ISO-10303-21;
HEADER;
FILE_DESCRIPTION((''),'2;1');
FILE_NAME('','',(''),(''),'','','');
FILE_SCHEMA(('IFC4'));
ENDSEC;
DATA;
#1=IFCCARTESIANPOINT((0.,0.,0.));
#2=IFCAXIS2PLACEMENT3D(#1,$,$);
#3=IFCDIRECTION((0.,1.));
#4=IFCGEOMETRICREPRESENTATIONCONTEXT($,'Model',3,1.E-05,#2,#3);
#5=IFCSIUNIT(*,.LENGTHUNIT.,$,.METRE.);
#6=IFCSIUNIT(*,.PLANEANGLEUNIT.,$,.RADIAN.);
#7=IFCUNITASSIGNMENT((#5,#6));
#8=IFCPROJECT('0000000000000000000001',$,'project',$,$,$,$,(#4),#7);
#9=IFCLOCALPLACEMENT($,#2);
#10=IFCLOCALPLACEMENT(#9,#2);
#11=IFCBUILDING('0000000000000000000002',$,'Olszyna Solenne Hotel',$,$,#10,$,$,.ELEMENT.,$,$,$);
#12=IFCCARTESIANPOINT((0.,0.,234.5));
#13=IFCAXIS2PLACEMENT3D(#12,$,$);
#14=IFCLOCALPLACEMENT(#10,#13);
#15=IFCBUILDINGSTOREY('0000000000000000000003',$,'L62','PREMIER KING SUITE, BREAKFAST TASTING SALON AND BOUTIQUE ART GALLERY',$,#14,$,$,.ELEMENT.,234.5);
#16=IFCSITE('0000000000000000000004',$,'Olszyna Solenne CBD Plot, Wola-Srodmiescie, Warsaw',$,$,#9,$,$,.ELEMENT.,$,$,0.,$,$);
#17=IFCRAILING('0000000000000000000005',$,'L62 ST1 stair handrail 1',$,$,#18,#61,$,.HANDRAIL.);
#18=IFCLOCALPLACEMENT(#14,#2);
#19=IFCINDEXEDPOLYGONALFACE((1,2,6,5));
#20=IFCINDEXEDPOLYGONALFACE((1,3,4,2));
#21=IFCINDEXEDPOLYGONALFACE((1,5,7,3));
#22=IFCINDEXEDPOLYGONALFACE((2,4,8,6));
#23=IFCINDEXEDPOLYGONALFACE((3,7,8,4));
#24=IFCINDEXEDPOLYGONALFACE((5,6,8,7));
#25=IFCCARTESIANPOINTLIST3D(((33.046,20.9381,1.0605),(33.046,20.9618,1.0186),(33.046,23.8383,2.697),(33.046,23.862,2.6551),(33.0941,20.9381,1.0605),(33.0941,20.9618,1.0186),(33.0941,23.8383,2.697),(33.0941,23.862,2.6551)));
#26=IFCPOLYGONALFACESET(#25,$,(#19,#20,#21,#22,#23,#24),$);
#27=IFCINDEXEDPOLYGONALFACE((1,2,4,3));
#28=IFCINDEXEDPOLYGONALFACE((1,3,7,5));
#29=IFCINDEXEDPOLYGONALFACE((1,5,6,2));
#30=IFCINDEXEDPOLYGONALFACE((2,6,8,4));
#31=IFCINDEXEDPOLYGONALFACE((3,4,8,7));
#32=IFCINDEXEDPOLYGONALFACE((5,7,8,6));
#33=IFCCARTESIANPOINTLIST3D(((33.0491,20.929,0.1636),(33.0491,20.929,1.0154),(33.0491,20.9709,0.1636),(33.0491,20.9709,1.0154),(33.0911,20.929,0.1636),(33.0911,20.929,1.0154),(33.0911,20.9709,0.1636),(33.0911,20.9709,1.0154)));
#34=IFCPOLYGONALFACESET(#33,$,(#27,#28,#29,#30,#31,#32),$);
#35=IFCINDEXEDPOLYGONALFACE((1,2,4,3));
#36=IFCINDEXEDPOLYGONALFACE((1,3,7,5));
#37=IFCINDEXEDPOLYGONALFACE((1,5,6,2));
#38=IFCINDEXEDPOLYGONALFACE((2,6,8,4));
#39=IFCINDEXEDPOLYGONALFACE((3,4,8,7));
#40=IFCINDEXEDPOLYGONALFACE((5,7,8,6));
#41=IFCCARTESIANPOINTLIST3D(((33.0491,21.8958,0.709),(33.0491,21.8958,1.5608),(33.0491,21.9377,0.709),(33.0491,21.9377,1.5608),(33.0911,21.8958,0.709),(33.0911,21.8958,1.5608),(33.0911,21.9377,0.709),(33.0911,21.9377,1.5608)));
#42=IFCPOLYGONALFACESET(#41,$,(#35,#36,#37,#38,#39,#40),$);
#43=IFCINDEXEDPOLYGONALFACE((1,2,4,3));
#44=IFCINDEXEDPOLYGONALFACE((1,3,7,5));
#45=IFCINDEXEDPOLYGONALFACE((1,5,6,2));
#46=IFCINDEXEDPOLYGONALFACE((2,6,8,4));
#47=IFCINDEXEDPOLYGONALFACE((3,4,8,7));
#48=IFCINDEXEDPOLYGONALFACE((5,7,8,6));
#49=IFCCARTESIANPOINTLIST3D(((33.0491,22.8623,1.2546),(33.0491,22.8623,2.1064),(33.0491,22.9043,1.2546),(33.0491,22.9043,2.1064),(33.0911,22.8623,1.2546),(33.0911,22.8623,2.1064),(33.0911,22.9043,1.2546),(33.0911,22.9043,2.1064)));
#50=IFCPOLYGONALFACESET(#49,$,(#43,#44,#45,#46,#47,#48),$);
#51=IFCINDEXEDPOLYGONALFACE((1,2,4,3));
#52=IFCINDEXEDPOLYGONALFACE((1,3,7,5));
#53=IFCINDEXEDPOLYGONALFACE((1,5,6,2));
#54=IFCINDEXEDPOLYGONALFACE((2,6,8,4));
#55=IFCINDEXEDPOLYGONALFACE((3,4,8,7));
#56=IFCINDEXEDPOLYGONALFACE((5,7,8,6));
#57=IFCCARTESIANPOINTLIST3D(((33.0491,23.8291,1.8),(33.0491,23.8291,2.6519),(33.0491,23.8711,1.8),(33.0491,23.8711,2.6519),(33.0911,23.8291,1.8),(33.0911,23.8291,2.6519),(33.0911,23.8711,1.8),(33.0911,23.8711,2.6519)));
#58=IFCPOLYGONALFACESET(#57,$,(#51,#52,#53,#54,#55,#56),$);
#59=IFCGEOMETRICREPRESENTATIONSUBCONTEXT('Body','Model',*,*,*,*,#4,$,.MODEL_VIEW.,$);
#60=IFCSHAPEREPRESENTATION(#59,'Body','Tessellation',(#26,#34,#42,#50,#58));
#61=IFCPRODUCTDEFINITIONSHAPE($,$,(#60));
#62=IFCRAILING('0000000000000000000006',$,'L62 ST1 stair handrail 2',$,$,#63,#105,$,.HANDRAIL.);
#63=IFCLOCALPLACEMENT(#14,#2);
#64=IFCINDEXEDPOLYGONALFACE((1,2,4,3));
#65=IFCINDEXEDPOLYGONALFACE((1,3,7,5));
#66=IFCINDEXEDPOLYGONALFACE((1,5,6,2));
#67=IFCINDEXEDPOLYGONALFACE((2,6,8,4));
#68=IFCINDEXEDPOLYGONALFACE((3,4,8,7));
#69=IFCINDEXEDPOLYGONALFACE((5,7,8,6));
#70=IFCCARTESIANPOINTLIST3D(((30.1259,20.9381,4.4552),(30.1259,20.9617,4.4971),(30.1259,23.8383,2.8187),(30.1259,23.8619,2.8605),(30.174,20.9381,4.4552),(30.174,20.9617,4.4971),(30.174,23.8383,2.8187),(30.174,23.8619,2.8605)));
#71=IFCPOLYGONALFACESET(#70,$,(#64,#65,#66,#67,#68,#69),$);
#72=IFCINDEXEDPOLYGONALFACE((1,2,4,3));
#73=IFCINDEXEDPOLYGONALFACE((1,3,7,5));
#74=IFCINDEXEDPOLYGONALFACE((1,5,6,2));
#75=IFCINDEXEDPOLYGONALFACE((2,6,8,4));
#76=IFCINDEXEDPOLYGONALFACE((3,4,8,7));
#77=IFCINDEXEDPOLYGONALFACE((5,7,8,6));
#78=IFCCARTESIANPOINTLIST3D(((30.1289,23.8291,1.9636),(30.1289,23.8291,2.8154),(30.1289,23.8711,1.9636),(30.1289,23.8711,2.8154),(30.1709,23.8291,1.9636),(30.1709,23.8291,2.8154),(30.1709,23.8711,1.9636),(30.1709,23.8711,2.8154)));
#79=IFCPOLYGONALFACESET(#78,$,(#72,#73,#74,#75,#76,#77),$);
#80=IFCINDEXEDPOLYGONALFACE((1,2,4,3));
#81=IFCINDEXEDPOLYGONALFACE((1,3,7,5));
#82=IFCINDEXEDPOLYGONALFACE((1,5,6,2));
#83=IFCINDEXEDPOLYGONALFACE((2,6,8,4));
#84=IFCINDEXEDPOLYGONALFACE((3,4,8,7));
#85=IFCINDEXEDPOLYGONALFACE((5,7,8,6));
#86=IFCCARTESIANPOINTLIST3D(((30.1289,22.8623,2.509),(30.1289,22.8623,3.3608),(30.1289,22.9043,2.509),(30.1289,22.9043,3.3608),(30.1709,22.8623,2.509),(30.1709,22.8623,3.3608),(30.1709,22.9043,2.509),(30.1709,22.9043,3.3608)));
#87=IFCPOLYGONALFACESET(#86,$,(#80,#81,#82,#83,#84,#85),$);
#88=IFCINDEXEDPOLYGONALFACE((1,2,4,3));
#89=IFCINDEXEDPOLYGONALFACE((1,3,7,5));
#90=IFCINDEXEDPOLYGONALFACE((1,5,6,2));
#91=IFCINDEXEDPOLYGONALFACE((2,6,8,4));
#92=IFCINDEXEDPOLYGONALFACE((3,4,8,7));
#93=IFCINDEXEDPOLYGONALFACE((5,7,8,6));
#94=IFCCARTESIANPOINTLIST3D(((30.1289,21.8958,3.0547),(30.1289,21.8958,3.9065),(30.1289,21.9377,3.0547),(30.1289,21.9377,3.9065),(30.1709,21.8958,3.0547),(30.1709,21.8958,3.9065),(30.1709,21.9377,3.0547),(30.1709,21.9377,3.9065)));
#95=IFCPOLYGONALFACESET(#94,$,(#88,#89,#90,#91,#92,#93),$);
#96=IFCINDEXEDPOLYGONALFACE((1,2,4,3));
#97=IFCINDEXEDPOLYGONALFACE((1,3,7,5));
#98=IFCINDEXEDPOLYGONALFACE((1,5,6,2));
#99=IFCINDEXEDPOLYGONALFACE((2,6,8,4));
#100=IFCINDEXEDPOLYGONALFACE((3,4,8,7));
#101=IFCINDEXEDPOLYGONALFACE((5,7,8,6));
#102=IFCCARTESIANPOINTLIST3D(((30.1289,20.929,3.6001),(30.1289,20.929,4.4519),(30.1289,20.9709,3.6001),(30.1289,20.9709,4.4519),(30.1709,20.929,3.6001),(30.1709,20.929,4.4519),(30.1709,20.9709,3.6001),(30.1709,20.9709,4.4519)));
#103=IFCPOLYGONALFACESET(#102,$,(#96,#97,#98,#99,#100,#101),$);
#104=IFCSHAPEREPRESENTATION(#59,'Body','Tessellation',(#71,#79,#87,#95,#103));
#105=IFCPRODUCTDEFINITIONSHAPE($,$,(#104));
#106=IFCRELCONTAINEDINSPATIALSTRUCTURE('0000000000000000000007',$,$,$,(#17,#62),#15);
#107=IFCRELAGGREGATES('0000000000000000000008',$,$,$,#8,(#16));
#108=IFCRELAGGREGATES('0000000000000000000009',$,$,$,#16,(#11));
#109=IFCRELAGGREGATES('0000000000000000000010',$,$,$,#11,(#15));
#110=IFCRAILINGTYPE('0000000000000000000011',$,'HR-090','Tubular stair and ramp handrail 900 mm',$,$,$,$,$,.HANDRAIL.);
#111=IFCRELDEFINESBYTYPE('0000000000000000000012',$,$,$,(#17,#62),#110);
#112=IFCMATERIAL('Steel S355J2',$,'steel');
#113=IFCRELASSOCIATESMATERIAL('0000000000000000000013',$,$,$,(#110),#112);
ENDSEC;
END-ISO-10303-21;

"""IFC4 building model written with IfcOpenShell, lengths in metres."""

from ifc_helpers import new_model, si_unit, direction, frame, origin, origin_2d, place, context, subcontext, project, spatial, rectangle, extrude, material, type_object, element, save


model = new_model("IFC4")

# Units and contexts
model_context = context("Model", 3, precision=1e-05, world=origin(), true_north=direction((0.0, 1.0)))
body_context = subcontext(model_context, "Body", "Model", "MODEL_VIEW")
ifc_project = project(units=[si_unit("LENGTHUNIT", "METRE"), si_unit("PLANEANGLEUNIT", "RADIAN")], contexts=[model_context])

# Site, building, storey
site_placement = place(None, origin())
site = spatial("IfcSite", under=ifc_project, at=site_placement, Name="Olszyna Solenne CBD Plot, Wola-Srodmiescie, Warsaw", CompositionType="ELEMENT", RefElevation=0.0)
building_placement = place(site_placement, origin())
building = spatial("IfcBuilding", under=site, at=building_placement, Name="Olszyna Solenne Hotel", CompositionType="ELEMENT")
storey_placement = place(building_placement, frame((0.0, 0.0, 234.5)))
storey = spatial("IfcBuildingStorey", under=building, at=storey_placement, Name="L62", Description="PREMIER KING SUITE, BREAKFAST TASTING SALON AND BOUTIQUE ART GALLERY", CompositionType="ELEMENT", Elevation=234.5)

# Shared definitions
ifc_material_1 = material(Name="Steel S355J2", Category="steel")

# Railings
railing_type_1 = type_object("IfcRailingType", Name="HR-090", Description="Tubular stair and ramp handrail 900 mm", PredefinedType="HANDRAIL", material=ifc_material_1)
railing_1_placement = place(storey_placement, frame((33.0701, 20.95, 0.1636)))
element("IfcRailing", 1, at=railing_1_placement, inside=storey, type_object=railing_type_1, Name="L62 ST1 stair handrail 1", PredefinedType="HANDRAIL", context=body_context, shape_type="SweptSolid", body=[
    extrude(rectangle(XDim=0.0481, YDim=0.0481, at=origin_2d()), frame((0.0, 0.0, 0.876), z_axis=(0.0, 0.870915, 0.491434), x_axis=(-1.0, 0.0, 0.0)), (0.0, 0.0, 1.0), 3.3301),
    extrude(rectangle(XDim=0.042, YDim=0.042, at=origin_2d()), origin(), (0.0, 0.0, 1.0), 0.8518),
    extrude(rectangle(XDim=0.042, YDim=0.042, at=origin_2d()), frame((0.0, 0.9668, 0.5454)), (0.0, 0.0, 1.0), 0.8518),
    extrude(rectangle(XDim=0.042, YDim=0.042, at=origin_2d()), frame((0.0, 1.9333, 1.0911)), (0.0, 0.0, 1.0), 0.8518),
    extrude(rectangle(XDim=0.042, YDim=0.042, at=origin_2d()), frame((0.0, 2.9001, 1.6365)), (0.0, 0.0, 1.0), 0.8518),
])
railing_2_placement = place(storey_placement, frame((30.1499, 23.8501, 1.9636)))
element("IfcRailing", 2, at=railing_2_placement, inside=storey, type_object=railing_type_1, Name="L62 ST1 stair handrail 2", PredefinedType="HANDRAIL", context=body_context, shape_type="SweptSolid", body=[
    extrude(rectangle(XDim=0.0481, YDim=0.0481, at=origin_2d()), frame((0.0, 0.0, 0.876), z_axis=(0.0, -0.870915, 0.491434), x_axis=(1.0, 0.0, 0.0)), (0.0, 0.0, 1.0), 3.3301),
    extrude(rectangle(XDim=0.042, YDim=0.042, at=origin_2d()), origin(), (0.0, 0.0, 1.0), 0.8518),
    extrude(rectangle(XDim=0.042, YDim=0.042, at=origin_2d()), frame((0.0, -0.9668, 0.5454)), (0.0, 0.0, 1.0), 0.8518),
    extrude(rectangle(XDim=0.042, YDim=0.042, at=origin_2d()), frame((0.0, -1.9333, 1.0911)), (0.0, 0.0, 1.0), 0.8518),
    extrude(rectangle(XDim=0.042, YDim=0.042, at=origin_2d()), frame((0.0, -2.9001, 1.6365)), (0.0, 0.0, 1.0), 0.8518),
])

save(model, "model.ifc")
